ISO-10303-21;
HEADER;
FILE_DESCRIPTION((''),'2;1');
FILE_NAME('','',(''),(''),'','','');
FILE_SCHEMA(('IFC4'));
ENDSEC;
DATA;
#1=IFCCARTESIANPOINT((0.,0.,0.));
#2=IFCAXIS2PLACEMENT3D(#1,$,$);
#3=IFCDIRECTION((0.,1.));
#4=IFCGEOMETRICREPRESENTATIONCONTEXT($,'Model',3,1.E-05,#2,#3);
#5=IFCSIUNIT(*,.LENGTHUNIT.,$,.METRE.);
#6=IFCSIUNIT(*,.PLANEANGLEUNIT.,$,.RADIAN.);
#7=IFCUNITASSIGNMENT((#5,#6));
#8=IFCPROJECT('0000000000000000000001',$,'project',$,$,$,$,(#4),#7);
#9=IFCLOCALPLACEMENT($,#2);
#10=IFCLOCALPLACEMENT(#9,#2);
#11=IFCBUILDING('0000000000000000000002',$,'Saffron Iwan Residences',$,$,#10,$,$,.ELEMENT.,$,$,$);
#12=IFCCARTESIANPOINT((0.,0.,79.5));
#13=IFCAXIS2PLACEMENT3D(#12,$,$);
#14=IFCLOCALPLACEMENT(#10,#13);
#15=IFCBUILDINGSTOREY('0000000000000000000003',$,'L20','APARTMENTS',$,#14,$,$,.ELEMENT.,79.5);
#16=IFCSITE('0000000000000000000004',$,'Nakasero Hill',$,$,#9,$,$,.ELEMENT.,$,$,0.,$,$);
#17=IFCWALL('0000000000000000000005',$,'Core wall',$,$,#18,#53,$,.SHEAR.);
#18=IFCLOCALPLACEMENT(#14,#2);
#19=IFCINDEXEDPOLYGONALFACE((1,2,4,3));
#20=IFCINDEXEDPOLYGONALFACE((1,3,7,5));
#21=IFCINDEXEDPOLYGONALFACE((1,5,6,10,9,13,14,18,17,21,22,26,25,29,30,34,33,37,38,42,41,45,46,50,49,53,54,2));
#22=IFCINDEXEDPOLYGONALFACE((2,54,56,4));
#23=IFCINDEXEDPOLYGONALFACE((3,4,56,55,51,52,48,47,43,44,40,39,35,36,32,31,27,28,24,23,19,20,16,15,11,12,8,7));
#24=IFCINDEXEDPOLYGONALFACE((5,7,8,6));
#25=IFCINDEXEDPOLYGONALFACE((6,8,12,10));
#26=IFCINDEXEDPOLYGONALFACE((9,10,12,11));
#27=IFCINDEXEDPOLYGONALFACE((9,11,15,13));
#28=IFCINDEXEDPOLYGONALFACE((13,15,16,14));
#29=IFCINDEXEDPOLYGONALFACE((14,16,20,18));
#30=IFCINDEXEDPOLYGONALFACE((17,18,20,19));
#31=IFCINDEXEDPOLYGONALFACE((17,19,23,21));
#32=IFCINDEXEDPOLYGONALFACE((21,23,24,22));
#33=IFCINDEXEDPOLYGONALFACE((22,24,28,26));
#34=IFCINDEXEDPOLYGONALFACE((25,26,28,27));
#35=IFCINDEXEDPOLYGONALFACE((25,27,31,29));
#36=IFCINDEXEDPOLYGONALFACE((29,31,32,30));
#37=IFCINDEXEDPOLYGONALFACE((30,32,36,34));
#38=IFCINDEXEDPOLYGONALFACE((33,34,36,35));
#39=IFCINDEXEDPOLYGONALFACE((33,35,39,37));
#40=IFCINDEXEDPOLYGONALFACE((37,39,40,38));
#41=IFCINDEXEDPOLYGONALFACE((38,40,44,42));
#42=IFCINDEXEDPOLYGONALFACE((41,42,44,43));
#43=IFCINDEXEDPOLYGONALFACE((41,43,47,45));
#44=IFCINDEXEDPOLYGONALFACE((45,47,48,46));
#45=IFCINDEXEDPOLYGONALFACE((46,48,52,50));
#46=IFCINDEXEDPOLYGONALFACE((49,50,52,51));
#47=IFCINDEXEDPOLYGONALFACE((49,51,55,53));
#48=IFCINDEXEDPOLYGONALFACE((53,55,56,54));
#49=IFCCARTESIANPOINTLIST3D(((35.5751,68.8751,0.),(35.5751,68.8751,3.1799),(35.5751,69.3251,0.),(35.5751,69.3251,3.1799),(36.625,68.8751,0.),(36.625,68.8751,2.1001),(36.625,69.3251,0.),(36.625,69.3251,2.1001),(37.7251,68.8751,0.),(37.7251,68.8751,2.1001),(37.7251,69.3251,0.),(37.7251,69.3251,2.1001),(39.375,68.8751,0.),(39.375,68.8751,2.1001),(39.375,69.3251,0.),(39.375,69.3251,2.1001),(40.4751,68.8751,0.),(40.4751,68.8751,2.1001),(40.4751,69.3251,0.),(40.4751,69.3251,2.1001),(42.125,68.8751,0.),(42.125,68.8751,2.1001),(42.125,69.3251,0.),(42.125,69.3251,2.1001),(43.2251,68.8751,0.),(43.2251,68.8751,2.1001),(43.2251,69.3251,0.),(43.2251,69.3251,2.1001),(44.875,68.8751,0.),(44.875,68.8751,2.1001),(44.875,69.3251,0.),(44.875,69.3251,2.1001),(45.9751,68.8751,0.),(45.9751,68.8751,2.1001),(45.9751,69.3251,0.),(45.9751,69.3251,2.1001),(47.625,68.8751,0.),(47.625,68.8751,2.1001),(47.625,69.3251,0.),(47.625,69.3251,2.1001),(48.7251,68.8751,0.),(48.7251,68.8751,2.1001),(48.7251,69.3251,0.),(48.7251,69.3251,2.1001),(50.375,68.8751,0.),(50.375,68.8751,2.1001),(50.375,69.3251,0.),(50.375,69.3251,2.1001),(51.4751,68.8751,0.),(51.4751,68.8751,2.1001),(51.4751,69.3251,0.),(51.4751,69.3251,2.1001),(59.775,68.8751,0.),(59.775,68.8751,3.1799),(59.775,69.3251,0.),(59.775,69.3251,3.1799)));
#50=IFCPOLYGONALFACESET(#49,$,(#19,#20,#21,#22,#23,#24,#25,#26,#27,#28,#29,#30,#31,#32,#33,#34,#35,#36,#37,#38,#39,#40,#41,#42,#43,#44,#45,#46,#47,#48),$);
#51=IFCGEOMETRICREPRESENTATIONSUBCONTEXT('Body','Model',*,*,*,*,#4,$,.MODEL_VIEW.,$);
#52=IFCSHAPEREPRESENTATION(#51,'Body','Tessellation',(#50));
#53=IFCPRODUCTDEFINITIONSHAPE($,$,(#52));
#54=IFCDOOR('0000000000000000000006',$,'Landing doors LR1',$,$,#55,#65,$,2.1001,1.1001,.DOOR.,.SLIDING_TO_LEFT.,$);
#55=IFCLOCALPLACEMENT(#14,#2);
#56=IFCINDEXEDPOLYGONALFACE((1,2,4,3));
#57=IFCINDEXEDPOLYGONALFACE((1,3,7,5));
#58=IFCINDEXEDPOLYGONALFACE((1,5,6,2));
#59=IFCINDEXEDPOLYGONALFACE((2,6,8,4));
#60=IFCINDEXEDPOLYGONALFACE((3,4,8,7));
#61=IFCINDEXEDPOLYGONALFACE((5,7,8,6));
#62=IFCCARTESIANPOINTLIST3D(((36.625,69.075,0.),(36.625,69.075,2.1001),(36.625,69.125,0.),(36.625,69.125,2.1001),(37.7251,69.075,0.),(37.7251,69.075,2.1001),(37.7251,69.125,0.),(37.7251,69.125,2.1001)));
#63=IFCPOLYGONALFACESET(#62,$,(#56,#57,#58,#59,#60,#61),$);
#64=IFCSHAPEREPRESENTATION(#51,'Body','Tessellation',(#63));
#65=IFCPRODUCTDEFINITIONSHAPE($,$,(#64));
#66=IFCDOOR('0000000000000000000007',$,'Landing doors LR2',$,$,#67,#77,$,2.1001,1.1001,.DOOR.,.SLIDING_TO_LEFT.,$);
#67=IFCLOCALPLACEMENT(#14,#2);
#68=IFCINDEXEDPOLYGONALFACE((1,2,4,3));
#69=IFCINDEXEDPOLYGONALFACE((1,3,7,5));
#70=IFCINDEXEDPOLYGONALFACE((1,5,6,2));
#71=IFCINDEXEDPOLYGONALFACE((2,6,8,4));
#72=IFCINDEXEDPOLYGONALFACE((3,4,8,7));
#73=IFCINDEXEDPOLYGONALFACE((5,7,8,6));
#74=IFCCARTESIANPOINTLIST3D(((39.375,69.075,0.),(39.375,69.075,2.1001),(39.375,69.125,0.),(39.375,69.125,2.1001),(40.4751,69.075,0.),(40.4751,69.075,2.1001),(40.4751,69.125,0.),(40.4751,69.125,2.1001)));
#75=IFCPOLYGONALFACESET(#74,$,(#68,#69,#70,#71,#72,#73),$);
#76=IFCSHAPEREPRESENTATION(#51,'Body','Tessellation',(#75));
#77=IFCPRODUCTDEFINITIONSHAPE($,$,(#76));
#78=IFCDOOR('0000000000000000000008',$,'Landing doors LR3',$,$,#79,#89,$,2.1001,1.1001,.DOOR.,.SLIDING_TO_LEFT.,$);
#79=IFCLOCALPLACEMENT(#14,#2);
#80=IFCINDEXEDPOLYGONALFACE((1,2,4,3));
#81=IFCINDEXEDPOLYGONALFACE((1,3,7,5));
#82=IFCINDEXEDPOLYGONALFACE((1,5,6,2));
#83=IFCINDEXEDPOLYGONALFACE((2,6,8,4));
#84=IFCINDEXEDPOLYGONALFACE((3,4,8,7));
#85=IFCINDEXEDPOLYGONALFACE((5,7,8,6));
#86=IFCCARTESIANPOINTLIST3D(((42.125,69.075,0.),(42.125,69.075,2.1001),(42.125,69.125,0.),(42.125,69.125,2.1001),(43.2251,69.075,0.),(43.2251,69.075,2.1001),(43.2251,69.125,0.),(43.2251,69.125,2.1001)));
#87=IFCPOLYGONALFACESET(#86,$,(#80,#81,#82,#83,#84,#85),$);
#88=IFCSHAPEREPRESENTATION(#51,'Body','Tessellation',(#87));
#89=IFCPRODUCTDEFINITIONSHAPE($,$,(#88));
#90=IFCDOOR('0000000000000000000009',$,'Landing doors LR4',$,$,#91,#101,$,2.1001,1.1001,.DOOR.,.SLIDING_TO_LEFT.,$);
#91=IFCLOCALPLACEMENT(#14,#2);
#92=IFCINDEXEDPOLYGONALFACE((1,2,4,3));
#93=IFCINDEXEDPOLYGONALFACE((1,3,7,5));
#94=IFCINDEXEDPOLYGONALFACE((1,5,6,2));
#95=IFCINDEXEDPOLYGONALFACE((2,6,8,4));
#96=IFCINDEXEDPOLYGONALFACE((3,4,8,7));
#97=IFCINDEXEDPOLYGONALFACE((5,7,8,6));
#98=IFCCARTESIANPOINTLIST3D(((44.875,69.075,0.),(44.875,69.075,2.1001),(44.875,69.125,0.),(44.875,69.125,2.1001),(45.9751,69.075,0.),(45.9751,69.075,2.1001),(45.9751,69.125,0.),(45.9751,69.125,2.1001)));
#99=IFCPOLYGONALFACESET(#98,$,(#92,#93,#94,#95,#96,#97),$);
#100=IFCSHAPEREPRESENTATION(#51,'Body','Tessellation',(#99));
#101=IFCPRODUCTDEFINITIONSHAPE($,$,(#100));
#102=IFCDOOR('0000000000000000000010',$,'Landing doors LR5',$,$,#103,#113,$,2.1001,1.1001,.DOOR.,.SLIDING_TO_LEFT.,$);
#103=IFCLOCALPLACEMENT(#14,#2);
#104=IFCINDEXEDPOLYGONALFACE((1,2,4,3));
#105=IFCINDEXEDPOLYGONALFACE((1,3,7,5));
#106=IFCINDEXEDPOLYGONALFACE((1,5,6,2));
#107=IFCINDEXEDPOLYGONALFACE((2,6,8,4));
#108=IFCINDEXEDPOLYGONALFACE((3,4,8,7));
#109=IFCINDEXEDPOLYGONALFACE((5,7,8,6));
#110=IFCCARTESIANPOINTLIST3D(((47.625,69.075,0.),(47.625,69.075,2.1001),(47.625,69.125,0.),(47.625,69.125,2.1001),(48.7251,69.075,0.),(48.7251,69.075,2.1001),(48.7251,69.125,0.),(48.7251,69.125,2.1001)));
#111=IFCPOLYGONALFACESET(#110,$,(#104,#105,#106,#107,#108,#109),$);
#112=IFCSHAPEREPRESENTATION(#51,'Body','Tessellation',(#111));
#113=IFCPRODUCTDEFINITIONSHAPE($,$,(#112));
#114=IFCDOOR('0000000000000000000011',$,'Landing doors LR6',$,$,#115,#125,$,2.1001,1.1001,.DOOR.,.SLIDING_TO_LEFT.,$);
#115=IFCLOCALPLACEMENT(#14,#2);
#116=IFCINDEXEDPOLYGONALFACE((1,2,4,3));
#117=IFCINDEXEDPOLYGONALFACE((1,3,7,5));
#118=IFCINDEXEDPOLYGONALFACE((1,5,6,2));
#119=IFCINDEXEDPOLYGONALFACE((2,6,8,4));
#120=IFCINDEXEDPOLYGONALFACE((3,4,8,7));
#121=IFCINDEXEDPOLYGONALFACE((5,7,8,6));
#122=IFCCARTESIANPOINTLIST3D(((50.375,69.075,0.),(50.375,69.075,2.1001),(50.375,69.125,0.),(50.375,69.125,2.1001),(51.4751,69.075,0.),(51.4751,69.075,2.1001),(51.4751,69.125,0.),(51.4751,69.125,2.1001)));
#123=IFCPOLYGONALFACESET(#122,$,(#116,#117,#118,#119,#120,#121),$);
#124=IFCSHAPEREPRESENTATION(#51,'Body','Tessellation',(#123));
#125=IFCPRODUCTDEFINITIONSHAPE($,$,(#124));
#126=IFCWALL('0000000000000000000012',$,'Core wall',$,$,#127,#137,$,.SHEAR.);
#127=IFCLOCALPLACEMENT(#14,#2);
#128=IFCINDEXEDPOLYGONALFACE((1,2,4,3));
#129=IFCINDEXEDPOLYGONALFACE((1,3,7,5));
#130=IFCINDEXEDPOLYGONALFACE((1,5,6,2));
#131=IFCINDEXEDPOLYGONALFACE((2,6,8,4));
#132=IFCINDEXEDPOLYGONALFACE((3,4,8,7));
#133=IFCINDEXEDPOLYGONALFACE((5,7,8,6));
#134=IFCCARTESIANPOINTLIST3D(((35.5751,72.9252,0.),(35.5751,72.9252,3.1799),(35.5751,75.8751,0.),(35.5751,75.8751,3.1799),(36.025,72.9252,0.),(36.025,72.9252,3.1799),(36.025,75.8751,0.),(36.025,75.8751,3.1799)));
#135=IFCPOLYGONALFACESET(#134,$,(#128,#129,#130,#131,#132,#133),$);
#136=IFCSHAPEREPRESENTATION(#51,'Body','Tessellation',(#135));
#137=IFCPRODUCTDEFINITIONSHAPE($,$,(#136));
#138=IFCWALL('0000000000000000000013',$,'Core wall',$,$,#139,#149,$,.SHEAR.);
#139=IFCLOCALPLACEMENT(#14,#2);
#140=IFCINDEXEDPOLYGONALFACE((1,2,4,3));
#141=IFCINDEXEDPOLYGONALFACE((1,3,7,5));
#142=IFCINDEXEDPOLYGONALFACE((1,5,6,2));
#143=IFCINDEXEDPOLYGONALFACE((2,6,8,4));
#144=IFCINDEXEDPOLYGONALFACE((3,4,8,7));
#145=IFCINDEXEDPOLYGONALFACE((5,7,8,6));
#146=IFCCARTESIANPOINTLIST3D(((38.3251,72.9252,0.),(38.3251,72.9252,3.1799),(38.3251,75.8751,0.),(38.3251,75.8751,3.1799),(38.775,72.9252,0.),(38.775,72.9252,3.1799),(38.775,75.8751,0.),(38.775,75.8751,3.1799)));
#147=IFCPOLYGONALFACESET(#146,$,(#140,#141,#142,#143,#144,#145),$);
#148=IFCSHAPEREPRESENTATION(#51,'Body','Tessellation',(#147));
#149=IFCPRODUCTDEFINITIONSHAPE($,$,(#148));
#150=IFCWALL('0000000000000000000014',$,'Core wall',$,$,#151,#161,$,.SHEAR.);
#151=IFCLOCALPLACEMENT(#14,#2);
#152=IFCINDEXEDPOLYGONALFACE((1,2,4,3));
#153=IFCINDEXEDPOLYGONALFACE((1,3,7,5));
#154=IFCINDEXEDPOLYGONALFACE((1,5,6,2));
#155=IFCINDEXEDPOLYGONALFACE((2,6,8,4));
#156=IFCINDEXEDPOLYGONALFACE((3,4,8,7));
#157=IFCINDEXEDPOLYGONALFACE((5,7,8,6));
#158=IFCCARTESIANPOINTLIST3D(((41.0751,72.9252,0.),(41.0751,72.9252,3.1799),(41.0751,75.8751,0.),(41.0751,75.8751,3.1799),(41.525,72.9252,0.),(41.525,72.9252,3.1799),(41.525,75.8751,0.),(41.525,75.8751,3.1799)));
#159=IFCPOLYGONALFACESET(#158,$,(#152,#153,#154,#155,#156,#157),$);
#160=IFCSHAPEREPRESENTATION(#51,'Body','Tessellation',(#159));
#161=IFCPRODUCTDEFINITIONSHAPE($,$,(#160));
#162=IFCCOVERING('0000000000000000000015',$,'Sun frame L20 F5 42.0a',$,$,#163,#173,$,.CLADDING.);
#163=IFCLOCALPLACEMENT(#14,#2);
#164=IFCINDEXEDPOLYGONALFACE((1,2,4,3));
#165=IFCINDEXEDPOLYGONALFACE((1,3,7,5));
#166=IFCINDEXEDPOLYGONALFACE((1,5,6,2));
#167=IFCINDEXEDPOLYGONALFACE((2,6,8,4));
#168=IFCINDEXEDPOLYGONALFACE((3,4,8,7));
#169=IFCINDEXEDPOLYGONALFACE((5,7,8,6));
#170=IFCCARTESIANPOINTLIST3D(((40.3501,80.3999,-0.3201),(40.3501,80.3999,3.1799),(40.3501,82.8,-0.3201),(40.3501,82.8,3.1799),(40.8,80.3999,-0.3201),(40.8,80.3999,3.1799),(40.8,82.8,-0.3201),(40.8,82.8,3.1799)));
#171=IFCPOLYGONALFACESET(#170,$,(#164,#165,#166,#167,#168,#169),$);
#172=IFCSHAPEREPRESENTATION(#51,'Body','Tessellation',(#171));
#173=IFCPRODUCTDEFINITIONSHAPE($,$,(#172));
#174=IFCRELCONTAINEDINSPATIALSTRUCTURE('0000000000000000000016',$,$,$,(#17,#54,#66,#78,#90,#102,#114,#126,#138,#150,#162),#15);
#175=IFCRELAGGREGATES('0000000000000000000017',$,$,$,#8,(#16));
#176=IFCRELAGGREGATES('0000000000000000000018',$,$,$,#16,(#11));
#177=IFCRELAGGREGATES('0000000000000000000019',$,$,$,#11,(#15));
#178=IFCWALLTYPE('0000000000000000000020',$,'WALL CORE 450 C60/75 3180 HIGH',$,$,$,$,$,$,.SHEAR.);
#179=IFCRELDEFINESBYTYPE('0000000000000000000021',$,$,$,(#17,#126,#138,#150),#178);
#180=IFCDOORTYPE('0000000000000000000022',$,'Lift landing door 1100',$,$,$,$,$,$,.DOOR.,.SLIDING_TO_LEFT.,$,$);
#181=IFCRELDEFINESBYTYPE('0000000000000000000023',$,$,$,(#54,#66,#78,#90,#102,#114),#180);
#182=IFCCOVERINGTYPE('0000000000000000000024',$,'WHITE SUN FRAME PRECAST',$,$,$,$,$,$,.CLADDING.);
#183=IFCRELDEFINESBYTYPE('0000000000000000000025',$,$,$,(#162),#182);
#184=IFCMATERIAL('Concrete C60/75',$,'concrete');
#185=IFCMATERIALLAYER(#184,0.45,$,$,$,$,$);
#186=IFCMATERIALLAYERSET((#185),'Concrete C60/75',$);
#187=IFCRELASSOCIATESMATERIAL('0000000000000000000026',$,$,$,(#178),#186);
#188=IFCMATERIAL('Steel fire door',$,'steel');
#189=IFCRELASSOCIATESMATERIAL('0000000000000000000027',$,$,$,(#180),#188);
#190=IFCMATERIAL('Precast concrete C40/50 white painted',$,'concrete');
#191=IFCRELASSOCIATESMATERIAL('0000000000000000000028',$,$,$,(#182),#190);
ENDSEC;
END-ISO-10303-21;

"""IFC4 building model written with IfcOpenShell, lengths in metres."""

from ifc_helpers import new_model, si_unit, direction, frame, frame_2d, origin, place, context, subcontext, project, spatial, polyline, rectangle, outline, extrude, material, layer, layer_set, type_object, element, fill, save


model = new_model("IFC4")

# Units and contexts
model_context = context("Model", 3, precision=1e-05, world=origin(), true_north=direction((0.0, 1.0)))
body_context = subcontext(model_context, "Body", "Model", "MODEL_VIEW")
ifc_project = project(units=[si_unit("LENGTHUNIT", "METRE"), si_unit("PLANEANGLEUNIT", "RADIAN")], contexts=[model_context])

# Site, building, storey
site_placement = place(None, origin())
site = spatial("IfcSite", under=ifc_project, at=site_placement, Name="Nakasero Hill", CompositionType="ELEMENT", RefElevation=0.0)
building_placement = place(site_placement, origin())
building = spatial("IfcBuilding", under=site, at=building_placement, Name="Saffron Iwan Residences", CompositionType="ELEMENT")
storey_placement = place(building_placement, frame((0.0, 0.0, 79.5)))
storey = spatial("IfcBuildingStorey", under=building, at=storey_placement, Name="L20", Description="APARTMENTS", CompositionType="ELEMENT", Elevation=79.5)

# Shared definitions
ifc_material_1 = material(Name="Concrete C60/75", Category="concrete")

# Shared definitions
ifc_material_2 = material(Name="Steel fire door", Category="steel")

# Wall, openings, doors
ifc_layer_1 = layer(ifc_material_1, 0.45)
ifc_layer_set_1 = layer_set([ifc_layer_1], Name="Concrete C60/75")
wall_type_1 = type_object("IfcWallType", Name="WALL CORE 450 C60/75 3180 HIGH", PredefinedType="SHEAR", material=ifc_layer_set_1)
wall_1_placement = place(storey_placement, frame((35.575, 69.1001, 0.0), z_axis=(0.0, 0.0, 1.0), x_axis=(1.0, 0.0, 0.0)))
wall_1 = element("IfcWall", 1, at=wall_1_placement, inside=storey, type_object=wall_type_1, Name="Core wall", PredefinedType="SHEAR", context=body_context, shape_type="SweptSolid", body=[
    extrude(rectangle(XDim=24.2, YDim=0.45, at=frame_2d((12.1001, 0.0))), origin(), (0.0, 0.0, 1.0), 3.1799),
])
opening_1_placement = place(wall_1_placement, frame((1.05, 0.0, 0.0)))
opening_1 = element("IfcOpeningElement", 2, at=opening_1_placement, cuts=wall_1, PredefinedType="OPENING", context=body_context, shape_type="SweptSolid", body=[
    extrude(rectangle(XDim=1.1001, YDim=2.1001, at=frame_2d((0.55, 1.05))), frame((0.0, 0.2349, 0.0), z_axis=(0.0, -1.0, 0.0), x_axis=(1.0, 0.0, 0.0)), (0.0, 0.0, 1.0), 0.47),
])
opening_2_placement = place(wall_1_placement, frame((3.8, 0.0, 0.0)))
opening_2 = element("IfcOpeningElement", 3, at=opening_2_placement, cuts=wall_1, PredefinedType="OPENING", context=body_context, shape_type="SweptSolid", body=[
    extrude(rectangle(XDim=1.1001, YDim=2.1001, at=frame_2d((0.55, 1.05))), frame((0.0, 0.2349, 0.0), z_axis=(0.0, -1.0, 0.0), x_axis=(1.0, 0.0, 0.0)), (0.0, 0.0, 1.0), 0.47),
])
opening_3_placement = place(wall_1_placement, frame((6.55, 0.0, 0.0)))
opening_3 = element("IfcOpeningElement", 4, at=opening_3_placement, cuts=wall_1, PredefinedType="OPENING", context=body_context, shape_type="SweptSolid", body=[
    extrude(rectangle(XDim=1.1001, YDim=2.1001, at=frame_2d((0.55, 1.05))), frame((0.0, 0.2349, 0.0), z_axis=(0.0, -1.0, 0.0), x_axis=(1.0, 0.0, 0.0)), (0.0, 0.0, 1.0), 0.47),
])
opening_4_placement = place(wall_1_placement, frame((9.3, 0.0, 0.0)))
opening_4 = element("IfcOpeningElement", 5, at=opening_4_placement, cuts=wall_1, PredefinedType="OPENING", context=body_context, shape_type="SweptSolid", body=[
    extrude(rectangle(XDim=1.1001, YDim=2.1001, at=frame_2d((0.55, 1.05))), frame((0.0, 0.2349, 0.0), z_axis=(0.0, -1.0, 0.0), x_axis=(1.0, 0.0, 0.0)), (0.0, 0.0, 1.0), 0.47),
])
opening_5_placement = place(wall_1_placement, frame((12.05, 0.0, 0.0)))
opening_5 = element("IfcOpeningElement", 6, at=opening_5_placement, cuts=wall_1, PredefinedType="OPENING", context=body_context, shape_type="SweptSolid", body=[
    extrude(rectangle(XDim=1.1001, YDim=2.1001, at=frame_2d((0.55, 1.05))), frame((0.0, 0.2349, 0.0), z_axis=(0.0, -1.0, 0.0), x_axis=(1.0, 0.0, 0.0)), (0.0, 0.0, 1.0), 0.47),
])
opening_6_placement = place(wall_1_placement, frame((14.8, 0.0, 0.0)))
opening_6 = element("IfcOpeningElement", 7, at=opening_6_placement, cuts=wall_1, PredefinedType="OPENING", context=body_context, shape_type="SweptSolid", body=[
    extrude(rectangle(XDim=1.1001, YDim=2.1001, at=frame_2d((0.55, 1.05))), frame((0.0, 0.2349, 0.0), z_axis=(0.0, -1.0, 0.0), x_axis=(1.0, 0.0, 0.0)), (0.0, 0.0, 1.0), 0.47),
])
door_type_1 = type_object("IfcDoorType", Name="Lift landing door 1100", OperationType="SLIDING_TO_LEFT", PredefinedType="DOOR", material=ifc_material_2)
door_1_placement = place(opening_1_placement, origin())
door_1 = element("IfcDoor", 8, at=door_1_placement, inside=storey, type_object=door_type_1, Name="Landing doors LR1", OperationType="SLIDING_TO_LEFT", OverallHeight=2.1001, OverallWidth=1.1001, PredefinedType="DOOR", context=body_context, shape_type="SweptSolid", body=[
    extrude(rectangle(XDim=1.1001, YDim=2.1001, at=frame_2d((0.55, 1.05))), frame((0.0, 0.0249, 0.0), z_axis=(0.0, -1.0, 0.0), x_axis=(1.0, 0.0, 0.0)), (0.0, 0.0, 1.0), 0.05),
])
fill(opening_1, door_1)
door_2_placement = place(opening_2_placement, origin())
door_2 = element("IfcDoor", 9, at=door_2_placement, inside=storey, type_object=door_type_1, Name="Landing doors LR2", OperationType="SLIDING_TO_LEFT", OverallHeight=2.1001, OverallWidth=1.1001, PredefinedType="DOOR", context=body_context, shape_type="SweptSolid", body=[
    extrude(rectangle(XDim=1.1001, YDim=2.1001, at=frame_2d((0.55, 1.05))), frame((0.0, 0.0249, 0.0), z_axis=(0.0, -1.0, 0.0), x_axis=(1.0, 0.0, 0.0)), (0.0, 0.0, 1.0), 0.05),
])
fill(opening_2, door_2)
door_3_placement = place(opening_3_placement, origin())
door_3 = element("IfcDoor", 10, at=door_3_placement, inside=storey, type_object=door_type_1, Name="Landing doors LR3", OperationType="SLIDING_TO_LEFT", OverallHeight=2.1001, OverallWidth=1.1001, PredefinedType="DOOR", context=body_context, shape_type="SweptSolid", body=[
    extrude(rectangle(XDim=1.1001, YDim=2.1001, at=frame_2d((0.55, 1.05))), frame((0.0, 0.0249, 0.0), z_axis=(0.0, -1.0, 0.0), x_axis=(1.0, 0.0, 0.0)), (0.0, 0.0, 1.0), 0.05),
])
fill(opening_3, door_3)
door_4_placement = place(opening_4_placement, origin())
door_4 = element("IfcDoor", 11, at=door_4_placement, inside=storey, type_object=door_type_1, Name="Landing doors LR4", OperationType="SLIDING_TO_LEFT", OverallHeight=2.1001, OverallWidth=1.1001, PredefinedType="DOOR", context=body_context, shape_type="SweptSolid", body=[
    extrude(rectangle(XDim=1.1001, YDim=2.1001, at=frame_2d((0.55, 1.05))), frame((0.0, 0.0249, 0.0), z_axis=(0.0, -1.0, 0.0), x_axis=(1.0, 0.0, 0.0)), (0.0, 0.0, 1.0), 0.05),
])
fill(opening_4, door_4)
door_5_placement = place(opening_5_placement, origin())
door_5 = element("IfcDoor", 12, at=door_5_placement, inside=storey, type_object=door_type_1, Name="Landing doors LR5", OperationType="SLIDING_TO_LEFT", OverallHeight=2.1001, OverallWidth=1.1001, PredefinedType="DOOR", context=body_context, shape_type="SweptSolid", body=[
    extrude(rectangle(XDim=1.1001, YDim=2.1001, at=frame_2d((0.55, 1.05))), frame((0.0, 0.0249, 0.0), z_axis=(0.0, -1.0, 0.0), x_axis=(1.0, 0.0, 0.0)), (0.0, 0.0, 1.0), 0.05),
])
fill(opening_5, door_5)
door_6_placement = place(opening_6_placement, origin())
door_6 = element("IfcDoor", 13, at=door_6_placement, inside=storey, type_object=door_type_1, Name="Landing doors LR6", OperationType="SLIDING_TO_LEFT", OverallHeight=2.1001, OverallWidth=1.1001, PredefinedType="DOOR", context=body_context, shape_type="SweptSolid", body=[
    extrude(rectangle(XDim=1.1001, YDim=2.1001, at=frame_2d((0.55, 1.05))), frame((0.0, 0.0249, 0.0), z_axis=(0.0, -1.0, 0.0), x_axis=(1.0, 0.0, 0.0)), (0.0, 0.0, 1.0), 0.05),
])
fill(opening_6, door_6)

# Walls
for number, where, z_axis, x_axis, name in (
    (14, (35.8, 72.925, 0.0), (0.0, 0.0, 1.0), (0.0, 1.0, 0.0), "Core wall"),
    (15, (38.55, 72.925, 0.0), (0.0, 0.0, 1.0), (0.0, 1.0, 0.0), "Core wall"),
    (16, (41.3, 72.925, 0.0), (0.0, 0.0, 1.0), (0.0, 1.0, 0.0), "Core wall"),
):
    element("IfcWall", number, at=place(storey_placement, frame(where, z_axis=z_axis, x_axis=x_axis)), inside=storey, type_object=wall_type_1, Name=name, PredefinedType="SHEAR", context=body_context, shape_type="SweptSolid", body=[
        extrude(rectangle(XDim=2.95, YDim=0.45, at=frame_2d((1.4751, 0.0))), origin(), (0.0, 0.0, 1.0), 3.1799),
    ])

# Covering
ifc_material_3 = material(Name="Precast concrete C40/50 white painted", Category="concrete")
covering_type = type_object("IfcCoveringType", Name="WHITE SUN FRAME PRECAST", PredefinedType="CLADDING", material=ifc_material_3)
covering_placement = place(storey_placement, frame((40.8, 80.3999, -0.3201), z_axis=(0.0, 1.0, 0.0), x_axis=(-1.0, 0.0, 0.0)))
element("IfcCovering", 17, at=covering_placement, inside=storey, type_object=covering_type, Name="Sun frame L20 F5 42.0a", PredefinedType="CLADDING", context=body_context, shape_type="SweptSolid", body=[
    extrude(outline(polyline([(0.0, 0.0), (0.45, 0.0), (0.45, 3.5), (0.0, 3.5), (0.0, 0.0)])), origin(), (0.0, 0.0, 1.0), 2.4001),
])

save(model, "model.ifc")
